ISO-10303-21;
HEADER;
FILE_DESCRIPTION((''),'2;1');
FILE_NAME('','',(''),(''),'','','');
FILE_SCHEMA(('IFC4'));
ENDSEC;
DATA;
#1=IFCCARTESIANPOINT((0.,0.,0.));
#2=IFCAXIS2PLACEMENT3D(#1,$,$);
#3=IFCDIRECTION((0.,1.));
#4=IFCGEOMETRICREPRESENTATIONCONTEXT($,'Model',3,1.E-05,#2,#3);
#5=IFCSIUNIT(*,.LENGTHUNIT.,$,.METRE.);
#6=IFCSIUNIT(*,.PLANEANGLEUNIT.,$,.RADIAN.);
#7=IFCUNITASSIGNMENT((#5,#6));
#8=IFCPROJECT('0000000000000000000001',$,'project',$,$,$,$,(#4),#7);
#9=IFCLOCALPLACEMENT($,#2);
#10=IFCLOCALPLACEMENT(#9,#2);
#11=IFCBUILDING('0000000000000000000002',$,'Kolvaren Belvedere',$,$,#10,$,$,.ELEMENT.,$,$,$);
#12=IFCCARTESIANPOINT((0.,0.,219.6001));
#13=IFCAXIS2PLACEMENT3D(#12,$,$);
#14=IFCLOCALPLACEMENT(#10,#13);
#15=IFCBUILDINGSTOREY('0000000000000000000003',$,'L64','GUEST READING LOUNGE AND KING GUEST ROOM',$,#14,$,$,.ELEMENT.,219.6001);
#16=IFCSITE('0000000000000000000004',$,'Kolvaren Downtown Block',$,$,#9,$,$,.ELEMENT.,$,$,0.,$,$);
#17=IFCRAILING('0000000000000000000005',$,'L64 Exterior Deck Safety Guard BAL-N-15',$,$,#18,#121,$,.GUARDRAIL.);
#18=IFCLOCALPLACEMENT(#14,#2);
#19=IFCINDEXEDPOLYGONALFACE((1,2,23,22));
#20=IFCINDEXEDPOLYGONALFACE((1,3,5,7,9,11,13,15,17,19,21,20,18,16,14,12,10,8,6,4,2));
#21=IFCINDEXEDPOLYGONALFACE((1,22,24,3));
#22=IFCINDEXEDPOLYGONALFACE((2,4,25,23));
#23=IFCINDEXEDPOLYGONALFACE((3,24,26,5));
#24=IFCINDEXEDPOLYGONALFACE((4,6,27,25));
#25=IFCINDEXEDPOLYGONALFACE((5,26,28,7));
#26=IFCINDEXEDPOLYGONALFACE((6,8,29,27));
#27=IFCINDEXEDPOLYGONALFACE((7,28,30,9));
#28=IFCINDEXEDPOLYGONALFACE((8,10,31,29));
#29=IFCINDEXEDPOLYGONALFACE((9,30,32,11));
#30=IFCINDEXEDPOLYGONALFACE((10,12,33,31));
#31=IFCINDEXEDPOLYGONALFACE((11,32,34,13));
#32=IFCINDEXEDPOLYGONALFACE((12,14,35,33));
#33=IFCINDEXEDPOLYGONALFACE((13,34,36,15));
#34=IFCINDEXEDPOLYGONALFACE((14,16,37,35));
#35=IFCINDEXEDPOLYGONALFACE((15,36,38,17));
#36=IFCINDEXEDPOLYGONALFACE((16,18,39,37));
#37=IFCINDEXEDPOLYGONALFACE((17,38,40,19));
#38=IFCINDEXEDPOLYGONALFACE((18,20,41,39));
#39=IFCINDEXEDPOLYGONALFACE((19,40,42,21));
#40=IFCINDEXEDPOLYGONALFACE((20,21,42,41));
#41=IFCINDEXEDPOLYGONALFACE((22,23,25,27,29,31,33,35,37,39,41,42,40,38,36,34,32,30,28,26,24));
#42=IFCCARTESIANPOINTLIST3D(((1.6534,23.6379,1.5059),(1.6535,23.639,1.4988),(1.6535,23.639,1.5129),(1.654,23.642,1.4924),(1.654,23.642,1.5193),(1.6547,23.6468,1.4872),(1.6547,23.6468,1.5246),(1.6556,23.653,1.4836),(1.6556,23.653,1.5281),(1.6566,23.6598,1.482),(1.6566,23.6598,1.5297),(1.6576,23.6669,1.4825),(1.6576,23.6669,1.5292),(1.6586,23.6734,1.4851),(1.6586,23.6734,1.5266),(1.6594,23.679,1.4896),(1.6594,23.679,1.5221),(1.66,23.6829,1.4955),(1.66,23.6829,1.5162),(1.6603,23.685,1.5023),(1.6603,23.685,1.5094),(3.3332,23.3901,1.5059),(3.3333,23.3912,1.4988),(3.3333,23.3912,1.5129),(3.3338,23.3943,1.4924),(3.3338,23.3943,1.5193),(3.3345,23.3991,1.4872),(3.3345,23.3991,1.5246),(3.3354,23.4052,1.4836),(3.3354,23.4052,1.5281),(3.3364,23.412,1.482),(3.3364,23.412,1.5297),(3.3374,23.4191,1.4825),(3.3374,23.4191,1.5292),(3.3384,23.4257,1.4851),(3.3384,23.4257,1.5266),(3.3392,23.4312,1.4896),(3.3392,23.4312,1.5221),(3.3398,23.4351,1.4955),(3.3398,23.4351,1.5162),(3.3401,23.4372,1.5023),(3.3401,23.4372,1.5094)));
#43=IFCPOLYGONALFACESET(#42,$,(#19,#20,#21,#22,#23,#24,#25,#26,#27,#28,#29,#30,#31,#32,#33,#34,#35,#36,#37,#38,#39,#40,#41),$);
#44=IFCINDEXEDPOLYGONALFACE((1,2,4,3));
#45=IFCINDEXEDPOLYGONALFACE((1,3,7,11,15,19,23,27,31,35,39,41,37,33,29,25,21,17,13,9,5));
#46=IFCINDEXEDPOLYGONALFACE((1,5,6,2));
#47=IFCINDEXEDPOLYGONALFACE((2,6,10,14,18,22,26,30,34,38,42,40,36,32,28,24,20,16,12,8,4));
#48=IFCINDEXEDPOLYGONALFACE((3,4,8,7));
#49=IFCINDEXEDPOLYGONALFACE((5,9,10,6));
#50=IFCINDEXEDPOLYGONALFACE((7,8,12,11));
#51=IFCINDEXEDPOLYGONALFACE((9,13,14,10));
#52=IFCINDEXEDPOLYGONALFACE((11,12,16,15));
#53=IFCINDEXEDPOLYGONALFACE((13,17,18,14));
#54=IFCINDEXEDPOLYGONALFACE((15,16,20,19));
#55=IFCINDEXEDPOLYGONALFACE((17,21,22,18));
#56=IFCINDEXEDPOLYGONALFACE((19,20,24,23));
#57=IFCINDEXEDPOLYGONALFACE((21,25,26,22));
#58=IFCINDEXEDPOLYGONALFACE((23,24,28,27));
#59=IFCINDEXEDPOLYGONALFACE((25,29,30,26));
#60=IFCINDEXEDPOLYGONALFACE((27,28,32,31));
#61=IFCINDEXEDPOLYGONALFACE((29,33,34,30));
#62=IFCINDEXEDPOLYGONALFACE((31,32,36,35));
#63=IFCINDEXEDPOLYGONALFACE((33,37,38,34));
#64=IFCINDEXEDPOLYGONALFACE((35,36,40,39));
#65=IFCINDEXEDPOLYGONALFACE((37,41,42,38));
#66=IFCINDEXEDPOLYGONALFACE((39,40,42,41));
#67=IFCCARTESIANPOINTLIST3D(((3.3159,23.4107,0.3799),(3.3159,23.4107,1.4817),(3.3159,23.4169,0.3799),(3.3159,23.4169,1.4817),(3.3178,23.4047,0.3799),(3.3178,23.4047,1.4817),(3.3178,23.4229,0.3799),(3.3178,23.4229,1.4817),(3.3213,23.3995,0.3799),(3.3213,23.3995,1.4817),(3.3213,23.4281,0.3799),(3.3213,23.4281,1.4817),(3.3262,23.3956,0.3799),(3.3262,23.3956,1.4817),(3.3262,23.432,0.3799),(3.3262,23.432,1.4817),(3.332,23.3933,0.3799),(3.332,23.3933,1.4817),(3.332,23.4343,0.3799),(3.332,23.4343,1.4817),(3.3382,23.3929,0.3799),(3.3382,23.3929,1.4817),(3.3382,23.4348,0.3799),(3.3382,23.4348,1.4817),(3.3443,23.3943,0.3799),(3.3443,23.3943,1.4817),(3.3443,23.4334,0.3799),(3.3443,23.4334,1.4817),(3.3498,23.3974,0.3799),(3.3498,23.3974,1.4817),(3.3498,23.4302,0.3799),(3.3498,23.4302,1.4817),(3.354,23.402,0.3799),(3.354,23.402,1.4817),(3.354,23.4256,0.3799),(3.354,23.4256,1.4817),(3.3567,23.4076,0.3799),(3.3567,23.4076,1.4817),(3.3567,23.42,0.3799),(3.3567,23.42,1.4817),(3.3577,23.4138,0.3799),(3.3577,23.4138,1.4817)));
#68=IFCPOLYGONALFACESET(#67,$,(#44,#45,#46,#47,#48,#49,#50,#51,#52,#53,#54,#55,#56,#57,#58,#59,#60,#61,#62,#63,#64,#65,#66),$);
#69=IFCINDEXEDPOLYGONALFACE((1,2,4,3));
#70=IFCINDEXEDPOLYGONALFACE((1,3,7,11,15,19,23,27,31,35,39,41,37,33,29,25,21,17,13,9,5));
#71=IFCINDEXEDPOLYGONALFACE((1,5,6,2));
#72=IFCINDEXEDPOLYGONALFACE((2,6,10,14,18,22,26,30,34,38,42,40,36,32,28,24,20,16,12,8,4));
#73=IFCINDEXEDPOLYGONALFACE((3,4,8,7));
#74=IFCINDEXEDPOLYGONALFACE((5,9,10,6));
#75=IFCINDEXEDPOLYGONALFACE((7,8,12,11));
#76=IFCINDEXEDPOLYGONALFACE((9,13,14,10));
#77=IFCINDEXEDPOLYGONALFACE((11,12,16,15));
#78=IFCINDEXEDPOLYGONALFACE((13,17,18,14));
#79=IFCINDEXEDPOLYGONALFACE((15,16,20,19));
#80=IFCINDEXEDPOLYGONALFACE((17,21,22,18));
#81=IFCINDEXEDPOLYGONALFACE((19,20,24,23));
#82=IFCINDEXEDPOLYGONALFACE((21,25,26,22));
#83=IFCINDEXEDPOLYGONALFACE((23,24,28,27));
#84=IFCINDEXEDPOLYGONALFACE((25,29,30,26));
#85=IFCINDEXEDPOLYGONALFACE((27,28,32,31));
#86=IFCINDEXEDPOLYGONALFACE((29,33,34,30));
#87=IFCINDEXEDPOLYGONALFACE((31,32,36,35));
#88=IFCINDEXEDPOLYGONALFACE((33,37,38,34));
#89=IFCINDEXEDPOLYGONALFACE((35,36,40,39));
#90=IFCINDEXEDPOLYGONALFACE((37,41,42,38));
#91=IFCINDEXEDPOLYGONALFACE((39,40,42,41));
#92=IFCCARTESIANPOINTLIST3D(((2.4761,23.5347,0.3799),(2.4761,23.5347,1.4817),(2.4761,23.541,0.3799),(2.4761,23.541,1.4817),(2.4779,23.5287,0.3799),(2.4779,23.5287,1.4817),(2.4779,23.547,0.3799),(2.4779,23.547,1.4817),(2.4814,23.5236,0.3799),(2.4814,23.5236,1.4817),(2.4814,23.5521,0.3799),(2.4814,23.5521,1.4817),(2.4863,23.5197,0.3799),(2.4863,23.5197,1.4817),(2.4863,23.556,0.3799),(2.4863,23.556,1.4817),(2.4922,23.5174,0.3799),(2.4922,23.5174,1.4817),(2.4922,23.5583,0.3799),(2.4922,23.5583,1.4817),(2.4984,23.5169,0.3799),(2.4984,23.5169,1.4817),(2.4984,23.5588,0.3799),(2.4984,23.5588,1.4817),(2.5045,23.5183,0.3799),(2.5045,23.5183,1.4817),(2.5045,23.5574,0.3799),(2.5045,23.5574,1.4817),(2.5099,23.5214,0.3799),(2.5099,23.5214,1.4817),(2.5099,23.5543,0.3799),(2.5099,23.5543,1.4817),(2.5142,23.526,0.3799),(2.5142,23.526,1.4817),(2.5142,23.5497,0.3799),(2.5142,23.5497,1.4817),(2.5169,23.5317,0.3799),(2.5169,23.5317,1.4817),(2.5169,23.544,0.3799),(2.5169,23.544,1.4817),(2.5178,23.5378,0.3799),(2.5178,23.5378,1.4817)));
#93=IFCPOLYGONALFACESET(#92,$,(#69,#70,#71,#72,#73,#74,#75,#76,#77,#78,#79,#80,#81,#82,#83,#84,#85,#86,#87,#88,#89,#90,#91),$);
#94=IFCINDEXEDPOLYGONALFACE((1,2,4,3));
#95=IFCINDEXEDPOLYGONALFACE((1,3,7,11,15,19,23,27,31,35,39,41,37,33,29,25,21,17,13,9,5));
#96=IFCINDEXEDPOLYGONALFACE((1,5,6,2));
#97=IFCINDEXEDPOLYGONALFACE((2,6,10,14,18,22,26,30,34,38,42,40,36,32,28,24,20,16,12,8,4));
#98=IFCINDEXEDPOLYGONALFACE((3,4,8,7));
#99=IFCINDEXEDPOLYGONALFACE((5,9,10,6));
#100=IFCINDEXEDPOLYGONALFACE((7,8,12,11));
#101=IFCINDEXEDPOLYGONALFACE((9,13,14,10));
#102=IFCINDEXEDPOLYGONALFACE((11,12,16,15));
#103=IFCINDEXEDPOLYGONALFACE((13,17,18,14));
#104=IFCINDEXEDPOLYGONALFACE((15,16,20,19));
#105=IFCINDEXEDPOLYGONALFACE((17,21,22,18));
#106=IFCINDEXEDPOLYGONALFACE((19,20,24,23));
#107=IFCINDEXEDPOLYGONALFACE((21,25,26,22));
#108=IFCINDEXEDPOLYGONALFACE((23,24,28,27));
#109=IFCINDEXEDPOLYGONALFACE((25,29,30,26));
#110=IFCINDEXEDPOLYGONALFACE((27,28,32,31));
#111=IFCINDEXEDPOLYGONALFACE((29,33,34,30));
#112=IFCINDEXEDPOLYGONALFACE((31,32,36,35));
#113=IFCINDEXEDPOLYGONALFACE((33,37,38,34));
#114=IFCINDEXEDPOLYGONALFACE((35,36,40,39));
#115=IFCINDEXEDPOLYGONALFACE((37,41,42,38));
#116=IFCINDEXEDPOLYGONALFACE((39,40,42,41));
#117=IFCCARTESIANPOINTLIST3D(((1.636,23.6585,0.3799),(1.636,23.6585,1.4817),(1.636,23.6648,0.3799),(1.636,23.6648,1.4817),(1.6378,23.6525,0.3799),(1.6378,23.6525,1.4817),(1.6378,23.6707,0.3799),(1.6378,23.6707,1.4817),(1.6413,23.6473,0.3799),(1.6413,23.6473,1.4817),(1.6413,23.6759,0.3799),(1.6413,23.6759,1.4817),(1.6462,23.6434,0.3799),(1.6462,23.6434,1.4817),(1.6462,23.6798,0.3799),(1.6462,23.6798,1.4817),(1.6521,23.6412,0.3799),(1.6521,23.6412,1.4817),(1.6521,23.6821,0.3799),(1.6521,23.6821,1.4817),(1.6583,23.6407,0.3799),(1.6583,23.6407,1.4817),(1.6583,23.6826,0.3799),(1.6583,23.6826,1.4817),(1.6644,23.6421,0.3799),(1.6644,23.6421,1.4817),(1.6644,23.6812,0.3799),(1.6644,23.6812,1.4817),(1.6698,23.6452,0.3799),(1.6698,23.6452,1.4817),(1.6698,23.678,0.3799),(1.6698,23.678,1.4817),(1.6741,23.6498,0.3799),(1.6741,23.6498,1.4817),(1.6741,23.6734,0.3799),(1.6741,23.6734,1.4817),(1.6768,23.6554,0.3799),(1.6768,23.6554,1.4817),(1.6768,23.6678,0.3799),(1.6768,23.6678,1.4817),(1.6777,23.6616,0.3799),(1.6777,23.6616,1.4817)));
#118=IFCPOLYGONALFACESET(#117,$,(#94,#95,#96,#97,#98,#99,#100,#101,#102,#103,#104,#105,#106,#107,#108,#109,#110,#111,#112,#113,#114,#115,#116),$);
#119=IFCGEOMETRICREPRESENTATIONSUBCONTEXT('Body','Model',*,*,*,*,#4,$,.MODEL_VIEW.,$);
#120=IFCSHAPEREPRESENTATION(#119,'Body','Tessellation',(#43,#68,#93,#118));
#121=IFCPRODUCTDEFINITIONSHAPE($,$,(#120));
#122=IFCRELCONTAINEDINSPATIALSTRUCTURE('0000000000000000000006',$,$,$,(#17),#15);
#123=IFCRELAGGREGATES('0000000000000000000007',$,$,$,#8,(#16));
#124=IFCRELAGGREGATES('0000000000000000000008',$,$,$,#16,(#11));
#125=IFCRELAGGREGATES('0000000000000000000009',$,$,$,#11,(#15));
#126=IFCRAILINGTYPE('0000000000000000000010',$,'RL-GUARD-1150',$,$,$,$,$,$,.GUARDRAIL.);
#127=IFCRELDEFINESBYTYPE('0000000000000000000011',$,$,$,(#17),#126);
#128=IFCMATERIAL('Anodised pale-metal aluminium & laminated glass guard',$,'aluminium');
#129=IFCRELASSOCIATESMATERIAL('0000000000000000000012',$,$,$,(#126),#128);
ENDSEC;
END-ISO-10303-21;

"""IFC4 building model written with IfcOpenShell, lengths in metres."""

from ifc_helpers import new_model, si_unit, direction, frame, origin, origin_2d, place, context, subcontext, project, spatial, circle, extrude, material, type_object, element, save


model = new_model("IFC4")

# Units and contexts
model_context = context("Model", 3, precision=1e-05, world=origin(), true_north=direction((0.0, 1.0)))
body_context = subcontext(model_context, "Body", "Model", "MODEL_VIEW")
ifc_project = project(units=[si_unit("LENGTHUNIT", "METRE"), si_unit("PLANEANGLEUNIT", "RADIAN")], contexts=[model_context])

# Site, building, storey
site_placement = place(None, origin())
site = spatial("IfcSite", under=ifc_project, at=site_placement, Name="Kolvaren Downtown Block", CompositionType="ELEMENT", RefElevation=0.0)
building_placement = place(site_placement, origin())
building = spatial("IfcBuilding", under=site, at=building_placement, Name="Kolvaren Belvedere", CompositionType="ELEMENT")
storey_placement = place(building_placement, frame((0.0, 0.0, 219.6001)))
storey = spatial("IfcBuildingStorey", under=building, at=storey_placement, Name="L64", Description="GUEST READING LOUNGE AND KING GUEST ROOM", CompositionType="ELEMENT", Elevation=219.6001)

# Railing
ifc_material_1 = material(Name="Anodised pale-metal aluminium & laminated glass guard", Category="aluminium")
railing_type = type_object("IfcRailingType", Name="RL-GUARD-1150", PredefinedType="GUARDRAIL", material=ifc_material_1)
railing_1_placement = place(storey_placement, frame((3.3367, 23.4138, 0.3799)))
element("IfcRailing", 1, at=railing_1_placement, inside=storey, type_object=railing_type, Name="L64 Exterior Deck Safety Guard BAL-N-15", PredefinedType="GUARDRAIL", context=body_context, shape_type="SweptSolid", body=[
    extrude(circle(Radius=0.0239, at=origin_2d()), frame((0.0, 0.0, 1.126), z_axis=(-0.989295, 0.145929, 0.0), x_axis=(-0.145929, -0.989295, 0.0)), (0.0, 0.0, 1.0), 1.698),
    extrude(circle(Radius=0.021, at=origin_2d()), origin(), (0.0, 0.0, 1.0), 1.1018),
    extrude(circle(Radius=0.021, at=origin_2d()), frame((-0.8398, 0.124, 0.0)), (0.0, 0.0, 1.0), 1.1018),
    extrude(circle(Radius=0.021, at=origin_2d()), frame((-1.6799, 0.2478, 0.0)), (0.0, 0.0, 1.0), 1.1018),
])

save(model, "model.ifc")
